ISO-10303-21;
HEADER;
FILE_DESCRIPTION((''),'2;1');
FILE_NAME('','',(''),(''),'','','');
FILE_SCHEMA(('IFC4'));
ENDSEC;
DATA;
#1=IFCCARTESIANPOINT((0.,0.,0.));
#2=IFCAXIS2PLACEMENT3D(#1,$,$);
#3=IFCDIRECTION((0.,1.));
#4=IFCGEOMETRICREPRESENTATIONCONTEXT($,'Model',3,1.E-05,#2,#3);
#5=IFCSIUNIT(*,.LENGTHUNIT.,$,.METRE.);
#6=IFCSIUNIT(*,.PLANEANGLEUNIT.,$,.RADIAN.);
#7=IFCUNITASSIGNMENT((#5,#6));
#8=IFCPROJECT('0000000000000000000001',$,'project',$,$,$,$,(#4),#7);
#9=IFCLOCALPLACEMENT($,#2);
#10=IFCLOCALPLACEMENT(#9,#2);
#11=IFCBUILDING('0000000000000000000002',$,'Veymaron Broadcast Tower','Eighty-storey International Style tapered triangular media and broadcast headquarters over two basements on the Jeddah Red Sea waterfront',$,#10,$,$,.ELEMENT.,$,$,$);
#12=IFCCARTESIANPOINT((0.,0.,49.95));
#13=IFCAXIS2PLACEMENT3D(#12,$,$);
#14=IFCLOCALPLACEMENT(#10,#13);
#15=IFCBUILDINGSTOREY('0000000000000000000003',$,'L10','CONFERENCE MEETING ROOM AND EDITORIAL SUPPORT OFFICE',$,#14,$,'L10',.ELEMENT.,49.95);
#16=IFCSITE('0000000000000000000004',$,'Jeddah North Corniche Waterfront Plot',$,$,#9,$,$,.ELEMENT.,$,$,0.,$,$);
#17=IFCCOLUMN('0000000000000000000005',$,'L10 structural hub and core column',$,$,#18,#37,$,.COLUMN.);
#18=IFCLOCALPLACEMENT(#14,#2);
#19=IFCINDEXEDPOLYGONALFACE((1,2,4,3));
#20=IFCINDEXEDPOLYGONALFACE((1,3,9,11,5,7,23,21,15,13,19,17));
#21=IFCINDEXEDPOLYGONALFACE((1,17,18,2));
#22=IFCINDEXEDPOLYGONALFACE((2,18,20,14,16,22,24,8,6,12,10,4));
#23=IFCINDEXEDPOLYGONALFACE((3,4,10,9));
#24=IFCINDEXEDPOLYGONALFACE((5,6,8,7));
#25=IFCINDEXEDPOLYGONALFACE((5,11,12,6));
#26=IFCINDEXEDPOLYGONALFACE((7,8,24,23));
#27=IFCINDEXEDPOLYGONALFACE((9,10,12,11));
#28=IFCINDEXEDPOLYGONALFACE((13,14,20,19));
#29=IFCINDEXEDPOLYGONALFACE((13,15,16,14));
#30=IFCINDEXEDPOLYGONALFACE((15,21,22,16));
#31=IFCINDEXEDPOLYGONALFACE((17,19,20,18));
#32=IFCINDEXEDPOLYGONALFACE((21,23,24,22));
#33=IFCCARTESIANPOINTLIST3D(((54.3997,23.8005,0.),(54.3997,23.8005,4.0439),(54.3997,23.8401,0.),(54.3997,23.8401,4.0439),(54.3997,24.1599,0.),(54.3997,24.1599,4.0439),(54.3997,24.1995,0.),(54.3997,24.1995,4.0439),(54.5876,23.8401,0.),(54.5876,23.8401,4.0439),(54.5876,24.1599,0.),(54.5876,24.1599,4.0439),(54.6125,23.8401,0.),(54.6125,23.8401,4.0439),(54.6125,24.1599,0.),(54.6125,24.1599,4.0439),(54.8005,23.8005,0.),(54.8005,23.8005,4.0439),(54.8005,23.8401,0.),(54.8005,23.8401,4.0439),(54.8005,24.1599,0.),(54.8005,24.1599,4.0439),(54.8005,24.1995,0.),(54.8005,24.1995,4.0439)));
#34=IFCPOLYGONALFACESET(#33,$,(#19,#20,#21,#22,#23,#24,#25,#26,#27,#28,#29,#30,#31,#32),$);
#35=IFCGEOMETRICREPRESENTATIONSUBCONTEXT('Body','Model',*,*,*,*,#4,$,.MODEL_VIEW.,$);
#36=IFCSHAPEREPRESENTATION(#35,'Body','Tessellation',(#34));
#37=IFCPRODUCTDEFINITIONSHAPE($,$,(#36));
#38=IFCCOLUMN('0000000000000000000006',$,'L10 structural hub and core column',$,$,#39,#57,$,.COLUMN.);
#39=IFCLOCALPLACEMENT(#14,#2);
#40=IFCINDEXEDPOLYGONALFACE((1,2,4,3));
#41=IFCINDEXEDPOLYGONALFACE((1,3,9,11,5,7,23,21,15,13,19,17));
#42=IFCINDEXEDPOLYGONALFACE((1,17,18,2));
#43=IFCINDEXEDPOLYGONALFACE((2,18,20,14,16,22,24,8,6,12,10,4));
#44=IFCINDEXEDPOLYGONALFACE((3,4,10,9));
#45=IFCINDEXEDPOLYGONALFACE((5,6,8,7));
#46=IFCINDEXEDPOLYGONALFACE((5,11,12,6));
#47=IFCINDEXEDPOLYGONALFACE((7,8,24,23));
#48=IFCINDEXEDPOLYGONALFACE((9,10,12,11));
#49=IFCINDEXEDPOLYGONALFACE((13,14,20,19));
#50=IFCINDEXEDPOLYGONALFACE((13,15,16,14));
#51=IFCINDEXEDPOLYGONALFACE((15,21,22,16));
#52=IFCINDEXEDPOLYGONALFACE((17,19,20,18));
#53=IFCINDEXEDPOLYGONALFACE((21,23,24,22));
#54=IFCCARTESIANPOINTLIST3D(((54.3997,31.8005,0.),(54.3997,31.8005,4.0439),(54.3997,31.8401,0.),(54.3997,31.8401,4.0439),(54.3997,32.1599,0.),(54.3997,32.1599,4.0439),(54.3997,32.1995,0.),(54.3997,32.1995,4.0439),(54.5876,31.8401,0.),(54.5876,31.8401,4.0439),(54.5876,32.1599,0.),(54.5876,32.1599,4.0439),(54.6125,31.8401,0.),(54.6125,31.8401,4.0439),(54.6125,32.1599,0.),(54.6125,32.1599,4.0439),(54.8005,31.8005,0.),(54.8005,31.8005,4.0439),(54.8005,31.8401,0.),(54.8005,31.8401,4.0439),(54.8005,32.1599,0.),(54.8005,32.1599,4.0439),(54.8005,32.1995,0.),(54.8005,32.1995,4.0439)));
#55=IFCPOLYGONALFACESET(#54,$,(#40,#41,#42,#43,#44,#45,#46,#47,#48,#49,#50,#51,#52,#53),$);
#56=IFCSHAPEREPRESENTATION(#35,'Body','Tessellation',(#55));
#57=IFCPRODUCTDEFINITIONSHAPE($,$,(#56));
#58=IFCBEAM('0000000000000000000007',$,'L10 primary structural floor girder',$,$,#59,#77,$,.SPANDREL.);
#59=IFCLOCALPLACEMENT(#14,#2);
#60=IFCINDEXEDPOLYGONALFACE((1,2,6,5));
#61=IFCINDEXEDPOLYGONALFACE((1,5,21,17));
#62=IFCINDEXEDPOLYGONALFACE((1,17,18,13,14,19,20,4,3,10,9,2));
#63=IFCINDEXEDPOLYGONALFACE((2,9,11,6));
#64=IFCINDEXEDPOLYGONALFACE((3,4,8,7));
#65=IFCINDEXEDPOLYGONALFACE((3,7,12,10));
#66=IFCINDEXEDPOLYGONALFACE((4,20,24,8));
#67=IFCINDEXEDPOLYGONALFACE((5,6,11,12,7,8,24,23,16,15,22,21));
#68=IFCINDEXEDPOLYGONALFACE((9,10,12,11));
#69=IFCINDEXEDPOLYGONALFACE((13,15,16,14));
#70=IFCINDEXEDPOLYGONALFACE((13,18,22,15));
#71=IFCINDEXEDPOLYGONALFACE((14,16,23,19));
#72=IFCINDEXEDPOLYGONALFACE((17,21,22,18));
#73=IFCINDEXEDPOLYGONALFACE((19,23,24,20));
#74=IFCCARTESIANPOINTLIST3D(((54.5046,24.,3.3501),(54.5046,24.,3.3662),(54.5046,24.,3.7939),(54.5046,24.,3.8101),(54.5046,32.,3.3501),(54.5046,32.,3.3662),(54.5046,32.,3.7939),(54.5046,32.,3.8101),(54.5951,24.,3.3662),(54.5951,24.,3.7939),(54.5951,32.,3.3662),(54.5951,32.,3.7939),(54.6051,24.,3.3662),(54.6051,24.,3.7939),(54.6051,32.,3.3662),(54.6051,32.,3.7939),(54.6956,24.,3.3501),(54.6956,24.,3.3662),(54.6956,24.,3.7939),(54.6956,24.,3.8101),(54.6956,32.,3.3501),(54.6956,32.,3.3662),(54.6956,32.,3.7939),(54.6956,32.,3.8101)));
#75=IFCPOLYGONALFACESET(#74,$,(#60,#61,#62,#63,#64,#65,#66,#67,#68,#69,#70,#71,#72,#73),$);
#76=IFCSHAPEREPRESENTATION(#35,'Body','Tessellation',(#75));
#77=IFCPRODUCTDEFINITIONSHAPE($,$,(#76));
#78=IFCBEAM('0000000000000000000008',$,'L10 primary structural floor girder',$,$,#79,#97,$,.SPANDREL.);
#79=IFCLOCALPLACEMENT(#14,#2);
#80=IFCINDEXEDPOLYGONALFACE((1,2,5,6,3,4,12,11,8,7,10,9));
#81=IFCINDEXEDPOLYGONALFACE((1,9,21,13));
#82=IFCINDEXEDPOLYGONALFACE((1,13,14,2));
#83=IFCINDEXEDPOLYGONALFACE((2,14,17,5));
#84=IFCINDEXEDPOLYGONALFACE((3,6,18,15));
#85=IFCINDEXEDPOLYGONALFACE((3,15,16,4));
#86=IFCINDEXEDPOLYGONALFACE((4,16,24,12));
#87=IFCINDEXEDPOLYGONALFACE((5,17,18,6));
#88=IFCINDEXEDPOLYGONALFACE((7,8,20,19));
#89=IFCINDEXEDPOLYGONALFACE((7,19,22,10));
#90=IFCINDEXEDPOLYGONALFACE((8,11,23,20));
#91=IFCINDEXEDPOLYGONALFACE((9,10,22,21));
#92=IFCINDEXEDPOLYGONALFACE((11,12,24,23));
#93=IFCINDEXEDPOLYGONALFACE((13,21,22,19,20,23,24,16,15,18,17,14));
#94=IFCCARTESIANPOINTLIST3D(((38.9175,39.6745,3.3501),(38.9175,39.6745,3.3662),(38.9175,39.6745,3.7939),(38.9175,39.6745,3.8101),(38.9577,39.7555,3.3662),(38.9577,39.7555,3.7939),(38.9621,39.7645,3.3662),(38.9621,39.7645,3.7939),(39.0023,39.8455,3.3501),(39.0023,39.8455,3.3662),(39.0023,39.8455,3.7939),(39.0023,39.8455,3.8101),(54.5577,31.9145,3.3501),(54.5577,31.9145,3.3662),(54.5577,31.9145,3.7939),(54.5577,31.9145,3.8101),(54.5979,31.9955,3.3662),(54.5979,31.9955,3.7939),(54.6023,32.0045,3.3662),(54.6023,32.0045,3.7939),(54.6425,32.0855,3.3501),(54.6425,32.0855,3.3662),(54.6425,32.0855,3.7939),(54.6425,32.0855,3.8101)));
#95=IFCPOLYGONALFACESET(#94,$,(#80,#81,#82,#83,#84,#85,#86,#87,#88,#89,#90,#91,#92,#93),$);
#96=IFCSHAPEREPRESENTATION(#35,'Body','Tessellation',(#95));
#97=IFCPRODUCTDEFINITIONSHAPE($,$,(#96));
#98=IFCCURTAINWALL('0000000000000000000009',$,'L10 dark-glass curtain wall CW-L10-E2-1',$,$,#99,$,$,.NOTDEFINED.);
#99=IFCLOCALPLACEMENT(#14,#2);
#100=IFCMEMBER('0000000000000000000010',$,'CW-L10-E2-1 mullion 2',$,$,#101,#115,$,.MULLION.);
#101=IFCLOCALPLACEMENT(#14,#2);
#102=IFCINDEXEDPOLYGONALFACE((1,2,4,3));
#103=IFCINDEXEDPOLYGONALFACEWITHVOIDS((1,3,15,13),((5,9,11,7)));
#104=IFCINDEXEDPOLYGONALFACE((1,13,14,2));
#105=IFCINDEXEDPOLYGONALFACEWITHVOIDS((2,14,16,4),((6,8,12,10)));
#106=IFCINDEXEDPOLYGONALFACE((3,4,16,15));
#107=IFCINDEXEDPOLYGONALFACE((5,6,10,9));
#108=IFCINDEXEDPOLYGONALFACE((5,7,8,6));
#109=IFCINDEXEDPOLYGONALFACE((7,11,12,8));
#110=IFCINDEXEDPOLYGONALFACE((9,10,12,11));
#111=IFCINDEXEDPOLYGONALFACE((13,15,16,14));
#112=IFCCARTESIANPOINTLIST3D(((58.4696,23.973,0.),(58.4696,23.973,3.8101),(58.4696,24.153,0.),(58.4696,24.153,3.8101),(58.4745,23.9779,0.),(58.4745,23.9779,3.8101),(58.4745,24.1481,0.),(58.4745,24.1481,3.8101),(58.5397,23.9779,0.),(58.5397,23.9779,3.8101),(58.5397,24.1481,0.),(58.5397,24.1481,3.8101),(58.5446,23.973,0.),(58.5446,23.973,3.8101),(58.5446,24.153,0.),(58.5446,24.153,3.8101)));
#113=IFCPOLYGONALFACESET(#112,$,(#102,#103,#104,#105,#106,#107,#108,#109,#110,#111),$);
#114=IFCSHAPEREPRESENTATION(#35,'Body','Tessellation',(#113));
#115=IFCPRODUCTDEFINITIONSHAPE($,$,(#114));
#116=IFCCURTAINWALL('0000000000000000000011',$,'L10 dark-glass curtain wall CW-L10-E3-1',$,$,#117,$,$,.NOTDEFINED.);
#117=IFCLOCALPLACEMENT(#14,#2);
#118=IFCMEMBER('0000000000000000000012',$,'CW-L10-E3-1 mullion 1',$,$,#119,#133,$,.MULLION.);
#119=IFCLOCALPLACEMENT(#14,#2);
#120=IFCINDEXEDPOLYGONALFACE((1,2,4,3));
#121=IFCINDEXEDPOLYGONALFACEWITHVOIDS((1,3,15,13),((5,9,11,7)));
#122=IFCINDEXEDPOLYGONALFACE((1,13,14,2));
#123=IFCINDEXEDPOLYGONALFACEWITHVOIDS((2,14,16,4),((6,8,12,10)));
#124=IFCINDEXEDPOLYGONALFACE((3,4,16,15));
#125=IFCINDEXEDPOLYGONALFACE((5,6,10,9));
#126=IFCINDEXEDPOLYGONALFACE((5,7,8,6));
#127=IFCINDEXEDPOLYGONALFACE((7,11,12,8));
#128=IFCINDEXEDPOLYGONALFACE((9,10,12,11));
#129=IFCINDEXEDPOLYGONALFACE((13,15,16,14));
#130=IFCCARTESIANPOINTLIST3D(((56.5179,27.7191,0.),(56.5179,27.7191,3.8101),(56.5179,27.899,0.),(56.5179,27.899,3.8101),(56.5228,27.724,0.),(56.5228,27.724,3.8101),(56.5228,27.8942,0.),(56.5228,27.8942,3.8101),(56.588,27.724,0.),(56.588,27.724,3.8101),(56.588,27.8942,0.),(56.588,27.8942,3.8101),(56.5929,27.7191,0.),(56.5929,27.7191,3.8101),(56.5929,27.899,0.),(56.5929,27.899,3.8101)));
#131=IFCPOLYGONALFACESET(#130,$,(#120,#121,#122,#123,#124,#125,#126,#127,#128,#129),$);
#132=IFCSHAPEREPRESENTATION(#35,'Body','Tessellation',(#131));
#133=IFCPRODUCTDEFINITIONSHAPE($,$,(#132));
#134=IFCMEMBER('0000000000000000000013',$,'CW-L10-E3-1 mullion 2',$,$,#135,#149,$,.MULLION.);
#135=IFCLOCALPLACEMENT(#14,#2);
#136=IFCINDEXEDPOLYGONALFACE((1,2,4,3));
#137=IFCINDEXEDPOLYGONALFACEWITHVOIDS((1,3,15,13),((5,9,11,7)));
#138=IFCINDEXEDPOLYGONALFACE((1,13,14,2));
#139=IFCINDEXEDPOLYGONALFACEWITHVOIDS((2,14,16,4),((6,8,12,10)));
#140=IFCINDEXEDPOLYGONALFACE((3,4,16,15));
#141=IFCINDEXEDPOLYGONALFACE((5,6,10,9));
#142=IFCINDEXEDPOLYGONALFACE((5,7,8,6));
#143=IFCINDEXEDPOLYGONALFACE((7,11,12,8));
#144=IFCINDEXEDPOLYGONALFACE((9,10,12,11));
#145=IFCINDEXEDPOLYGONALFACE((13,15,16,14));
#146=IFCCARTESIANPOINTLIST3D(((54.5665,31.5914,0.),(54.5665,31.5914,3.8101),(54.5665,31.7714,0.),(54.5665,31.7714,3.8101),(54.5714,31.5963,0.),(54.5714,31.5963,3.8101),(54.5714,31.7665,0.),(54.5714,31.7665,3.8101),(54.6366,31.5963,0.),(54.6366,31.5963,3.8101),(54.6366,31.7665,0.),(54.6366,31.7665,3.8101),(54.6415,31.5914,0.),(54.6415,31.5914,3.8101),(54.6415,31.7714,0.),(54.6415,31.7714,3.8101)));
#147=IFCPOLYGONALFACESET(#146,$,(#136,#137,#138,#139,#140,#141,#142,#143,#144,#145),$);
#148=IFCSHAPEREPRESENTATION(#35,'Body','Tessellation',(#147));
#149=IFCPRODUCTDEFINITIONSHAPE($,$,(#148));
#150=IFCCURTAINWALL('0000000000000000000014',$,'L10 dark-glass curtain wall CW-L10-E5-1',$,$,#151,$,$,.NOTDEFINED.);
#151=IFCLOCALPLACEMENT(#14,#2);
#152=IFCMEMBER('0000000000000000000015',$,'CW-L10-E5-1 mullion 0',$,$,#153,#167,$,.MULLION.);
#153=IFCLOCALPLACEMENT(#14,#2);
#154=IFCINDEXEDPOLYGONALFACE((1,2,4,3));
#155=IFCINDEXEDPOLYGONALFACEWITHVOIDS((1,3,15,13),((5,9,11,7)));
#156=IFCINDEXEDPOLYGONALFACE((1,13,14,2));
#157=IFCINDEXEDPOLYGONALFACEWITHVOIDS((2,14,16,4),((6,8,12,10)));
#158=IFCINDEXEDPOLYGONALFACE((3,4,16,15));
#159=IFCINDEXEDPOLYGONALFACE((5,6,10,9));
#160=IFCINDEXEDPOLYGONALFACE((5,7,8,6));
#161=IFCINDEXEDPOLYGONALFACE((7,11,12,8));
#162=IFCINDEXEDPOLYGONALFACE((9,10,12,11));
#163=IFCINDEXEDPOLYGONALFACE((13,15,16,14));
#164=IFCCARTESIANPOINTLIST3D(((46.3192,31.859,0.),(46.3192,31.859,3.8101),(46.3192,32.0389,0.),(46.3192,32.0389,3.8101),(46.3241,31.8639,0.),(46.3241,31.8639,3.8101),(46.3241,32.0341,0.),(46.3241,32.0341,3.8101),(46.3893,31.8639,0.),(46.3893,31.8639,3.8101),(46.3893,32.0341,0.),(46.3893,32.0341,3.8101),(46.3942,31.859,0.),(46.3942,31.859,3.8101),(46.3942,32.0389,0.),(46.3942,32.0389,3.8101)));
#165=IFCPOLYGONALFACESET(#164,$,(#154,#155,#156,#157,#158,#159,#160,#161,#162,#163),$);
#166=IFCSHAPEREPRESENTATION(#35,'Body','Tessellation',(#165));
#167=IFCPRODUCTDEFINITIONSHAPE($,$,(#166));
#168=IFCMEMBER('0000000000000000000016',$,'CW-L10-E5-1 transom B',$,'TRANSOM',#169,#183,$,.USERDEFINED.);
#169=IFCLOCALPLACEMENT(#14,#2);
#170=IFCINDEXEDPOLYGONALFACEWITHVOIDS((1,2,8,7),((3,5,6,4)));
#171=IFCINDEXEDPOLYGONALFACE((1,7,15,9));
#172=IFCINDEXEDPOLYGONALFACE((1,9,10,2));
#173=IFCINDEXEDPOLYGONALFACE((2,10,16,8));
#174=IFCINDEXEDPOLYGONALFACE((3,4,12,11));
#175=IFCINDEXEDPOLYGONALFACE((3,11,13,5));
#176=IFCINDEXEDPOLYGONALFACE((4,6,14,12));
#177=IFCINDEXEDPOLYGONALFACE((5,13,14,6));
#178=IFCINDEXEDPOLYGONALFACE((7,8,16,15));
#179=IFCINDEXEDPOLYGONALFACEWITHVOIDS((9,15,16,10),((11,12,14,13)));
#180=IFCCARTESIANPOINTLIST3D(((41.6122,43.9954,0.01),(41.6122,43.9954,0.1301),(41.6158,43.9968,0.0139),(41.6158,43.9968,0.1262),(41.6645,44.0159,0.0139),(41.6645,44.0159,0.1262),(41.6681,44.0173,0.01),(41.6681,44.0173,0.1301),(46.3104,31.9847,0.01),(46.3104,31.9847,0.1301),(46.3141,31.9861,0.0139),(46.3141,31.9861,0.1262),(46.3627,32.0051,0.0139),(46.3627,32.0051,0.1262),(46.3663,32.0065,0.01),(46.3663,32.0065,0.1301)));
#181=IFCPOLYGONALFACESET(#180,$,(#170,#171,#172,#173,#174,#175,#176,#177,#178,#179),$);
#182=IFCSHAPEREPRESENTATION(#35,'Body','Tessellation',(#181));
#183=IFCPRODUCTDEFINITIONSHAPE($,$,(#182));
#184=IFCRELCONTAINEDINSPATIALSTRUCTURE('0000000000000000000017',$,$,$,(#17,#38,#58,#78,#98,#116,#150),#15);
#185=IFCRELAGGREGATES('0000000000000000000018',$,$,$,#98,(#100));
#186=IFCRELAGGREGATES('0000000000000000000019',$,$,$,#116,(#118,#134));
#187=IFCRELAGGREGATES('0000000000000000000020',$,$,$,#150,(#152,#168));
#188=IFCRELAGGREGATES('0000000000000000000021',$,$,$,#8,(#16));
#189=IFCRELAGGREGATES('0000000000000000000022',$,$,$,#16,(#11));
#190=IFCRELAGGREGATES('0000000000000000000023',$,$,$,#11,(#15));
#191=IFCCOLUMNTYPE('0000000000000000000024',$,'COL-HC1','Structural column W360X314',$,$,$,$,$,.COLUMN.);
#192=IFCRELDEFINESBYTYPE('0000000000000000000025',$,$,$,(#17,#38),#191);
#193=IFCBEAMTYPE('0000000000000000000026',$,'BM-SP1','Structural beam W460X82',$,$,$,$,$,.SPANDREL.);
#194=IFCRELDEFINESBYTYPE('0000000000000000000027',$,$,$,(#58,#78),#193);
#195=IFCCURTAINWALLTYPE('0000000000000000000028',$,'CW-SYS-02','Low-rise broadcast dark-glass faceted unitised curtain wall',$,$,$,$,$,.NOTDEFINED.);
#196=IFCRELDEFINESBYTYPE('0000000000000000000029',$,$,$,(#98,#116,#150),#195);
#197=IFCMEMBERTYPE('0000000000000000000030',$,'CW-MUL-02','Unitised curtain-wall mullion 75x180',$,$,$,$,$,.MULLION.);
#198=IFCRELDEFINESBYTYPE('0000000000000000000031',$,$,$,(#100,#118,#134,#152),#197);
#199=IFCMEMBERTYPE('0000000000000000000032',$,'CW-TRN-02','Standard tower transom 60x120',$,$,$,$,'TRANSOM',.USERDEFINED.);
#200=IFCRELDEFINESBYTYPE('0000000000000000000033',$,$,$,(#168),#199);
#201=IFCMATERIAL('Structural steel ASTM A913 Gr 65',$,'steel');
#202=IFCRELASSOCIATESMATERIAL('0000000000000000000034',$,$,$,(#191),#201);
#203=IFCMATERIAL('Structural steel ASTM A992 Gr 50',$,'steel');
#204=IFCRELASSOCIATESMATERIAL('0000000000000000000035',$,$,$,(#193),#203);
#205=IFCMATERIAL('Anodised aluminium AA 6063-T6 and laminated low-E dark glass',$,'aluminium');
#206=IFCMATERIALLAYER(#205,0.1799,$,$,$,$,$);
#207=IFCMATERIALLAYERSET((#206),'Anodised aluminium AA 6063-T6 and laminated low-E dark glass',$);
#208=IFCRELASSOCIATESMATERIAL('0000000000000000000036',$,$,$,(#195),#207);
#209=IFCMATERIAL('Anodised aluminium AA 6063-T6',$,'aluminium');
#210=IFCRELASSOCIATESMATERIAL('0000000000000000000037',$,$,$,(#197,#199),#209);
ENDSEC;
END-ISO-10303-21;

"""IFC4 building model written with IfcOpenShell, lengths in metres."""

from ifc_helpers import new_model, si_unit, direction, frame, origin, origin_2d, place, context, subcontext, project, spatial, hollow_rectangle, i_section, extrude, material, layer, layer_set, material_profile, profile_set, type_object, element, aggregate, save


model = new_model("IFC4")

# Units and contexts
model_context = context("Model", 3, precision=1e-05, world=origin(), true_north=direction((0.0, 1.0)))
body_context = subcontext(model_context, "Body", "Model", "MODEL_VIEW")
ifc_project = project(units=[si_unit("LENGTHUNIT", "METRE"), si_unit("PLANEANGLEUNIT", "RADIAN")], contexts=[model_context])

# Site, building, storey
site_placement = place(None, origin())
site = spatial("IfcSite", under=ifc_project, at=site_placement, Name="Jeddah North Corniche Waterfront Plot", CompositionType="ELEMENT", RefElevation=0.0)
building_placement = place(site_placement, origin())
building = spatial("IfcBuilding", under=site, at=building_placement, Name="Veymaron Broadcast Tower", Description="Eighty-storey International Style tapered triangular media and broadcast headquarters over two basements on the Jeddah Red Sea waterfront", CompositionType="ELEMENT")
storey_placement = place(building_placement, frame((0.0, 0.0, 49.95)))
storey = spatial("IfcBuildingStorey", under=building, at=storey_placement, Name="L10", Description="CONFERENCE MEETING ROOM AND EDITORIAL SUPPORT OFFICE", LongName="L10", CompositionType="ELEMENT", Elevation=49.95)

# Columns
ifc_material_1 = material(Name="Structural steel ASTM A913 Gr 65", Category="steel")
ifc_material_profile_1 = material_profile(ifc_material_1, i_section(OverallWidth=0.4009, OverallDepth=0.3989, WebThickness=0.0249, FlangeThickness=0.0396, at=origin_2d()), Name="W360X314")
ifc_profile_set_1 = profile_set([ifc_material_profile_1], Name="Structural steel ASTM A913 Gr 65")
column_type = type_object("IfcColumnType", Name="COL-HC1", Description="Structural column W360X314", PredefinedType="COLUMN", material=ifc_profile_set_1)
for number, where, z_axis, x_axis, name in (
    (1, (54.6001, 24.0, 0.0), (0.0, 0.0, 1.0), (1.0, 0.0, 0.0), "L10 structural hub and core column"),
    (2, (54.6001, 32.0, 0.0), (0.0, 0.0, 1.0), (1.0, 0.0, 0.0), "L10 structural hub and core column"),
):
    element("IfcColumn", number, at=place(storey_placement, frame(where, z_axis=z_axis, x_axis=x_axis)), inside=storey, type_object=column_type, Name=name, PredefinedType="COLUMN", context=body_context, shape_type="SweptSolid", body=[
        extrude(i_section(OverallWidth=0.4009, OverallDepth=0.3989, WebThickness=0.0249, FlangeThickness=0.0396, at=origin_2d()), origin(), (0.0, 0.0, 1.0), 4.0439),
    ])

# Beams
ifc_material_2 = material(Name="Structural steel ASTM A992 Gr 50", Category="steel")
ifc_material_profile_2 = material_profile(ifc_material_2, i_section(OverallWidth=0.1909, OverallDepth=0.46, WebThickness=0.01, FlangeThickness=0.0161, at=origin_2d()), Name="W460X82")
ifc_profile_set_2 = profile_set([ifc_material_profile_2], Name="Structural steel ASTM A992 Gr 50")
beam_type = type_object("IfcBeamType", Name="BM-SP1", Description="Structural beam W460X82", PredefinedType="SPANDREL", material=ifc_profile_set_2)
beam_1_placement = place(storey_placement, frame((54.6001, 24.0, 3.5801), z_axis=(0.0, 1.0, 0.0), x_axis=(-1.0, 0.0, 0.0)))
element("IfcBeam", 3, at=beam_1_placement, inside=storey, type_object=beam_type, Name="L10 primary structural floor girder", PredefinedType="SPANDREL", context=body_context, shape_type="SweptSolid", body=[
    extrude(i_section(OverallWidth=0.1909, OverallDepth=0.46, WebThickness=0.01, FlangeThickness=0.0161, at=origin_2d()), origin(), (0.0, 0.0, 1.0), 8.0),
])
beam_2_placement = place(storey_placement, frame((54.6001, 32.0, 3.5801), z_axis=(-0.895799, 0.44446, 0.0), x_axis=(-0.44446, -0.895799, 0.0)))
element("IfcBeam", 4, at=beam_2_placement, inside=storey, type_object=beam_type, Name="L10 primary structural floor girder", PredefinedType="SPANDREL", context=body_context, shape_type="SweptSolid", body=[
    extrude(i_section(OverallWidth=0.1909, OverallDepth=0.46, WebThickness=0.01, FlangeThickness=0.0161, at=origin_2d()), origin(), (0.0, 0.0, 1.0), 17.4595),
])

# Curtain wall, member
ifc_material_3 = material(Name="Anodised aluminium AA 6063-T6 and laminated low-E dark glass", Category="aluminium")
ifc_layer_1 = layer(ifc_material_3, 0.1799)
ifc_layer_set_1 = layer_set([ifc_layer_1], Name="Anodised aluminium AA 6063-T6 and laminated low-E dark glass")
curtain_wall_type = type_object("IfcCurtainWallType", Name="CW-SYS-02", Description="Low-rise broadcast dark-glass faceted unitised curtain wall", PredefinedType="NOTDEFINED", material=ifc_layer_set_1)
curtain_wall_1_placement = place(storey_placement, origin())
curtain_wall_1 = element("IfcCurtainWall", 5, at=curtain_wall_1_placement, inside=storey, type_object=curtain_wall_type, Name="L10 dark-glass curtain wall CW-L10-E2-1", PredefinedType="NOTDEFINED")
ifc_material_4 = material(Name="Anodised aluminium AA 6063-T6", Category="aluminium")
ifc_material_profile_3 = material_profile(ifc_material_4, hollow_rectangle(XDim=0.075, YDim=0.1799, WallThickness=0.0049, at=origin_2d()), Name="AL180X75X5")
ifc_profile_set_3 = profile_set([ifc_material_profile_3], Name="Anodised aluminium AA 6063-T6")
member_type_1 = type_object("IfcMemberType", Name="CW-MUL-02", Description="Unitised curtain-wall mullion 75x180", PredefinedType="MULLION", material=ifc_profile_set_3)
member_1_placement = place(storey_placement, frame((58.5071, 24.063, 0.0), z_axis=(0.0, 0.0, 1.0), x_axis=(1.0, 0.0, 0.0)))
member_1 = element("IfcMember", 6, at=member_1_placement, type_object=member_type_1, Name="CW-L10-E2-1 mullion 2", PredefinedType="MULLION", context=body_context, shape_type="SweptSolid", body=[
    extrude(hollow_rectangle(XDim=0.075, YDim=0.1799, WallThickness=0.0049, at=origin_2d()), origin(), (0.0, 0.0, 1.0), 3.8101),
])
aggregate(curtain_wall_1, [member_1])

# Curtain walls, members
curtain_wall_2_placement = place(storey_placement, origin())
curtain_wall_2 = element("IfcCurtainWall", 7, at=curtain_wall_2_placement, inside=storey, type_object=curtain_wall_type, Name="L10 dark-glass curtain wall CW-L10-E3-1", PredefinedType="NOTDEFINED")
member_2_placement = place(storey_placement, frame((56.5554, 27.8091, 0.0), z_axis=(0.0, 0.0, 1.0), x_axis=(1.0, 0.0, 0.0)))
member_2 = element("IfcMember", 8, at=member_2_placement, type_object=member_type_1, Name="CW-L10-E3-1 mullion 1", PredefinedType="MULLION", context=body_context, shape_type="SweptSolid", body=[
    extrude(hollow_rectangle(XDim=0.075, YDim=0.1799, WallThickness=0.0049, at=origin_2d()), origin(), (0.0, 0.0, 1.0), 3.8101),
])
member_3_placement = place(storey_placement, frame((54.604, 31.6814, 0.0), z_axis=(0.0, 0.0, 1.0), x_axis=(1.0, 0.0, 0.0)))
member_3 = element("IfcMember", 9, at=member_3_placement, type_object=member_type_1, Name="CW-L10-E3-1 mullion 2", PredefinedType="MULLION", context=body_context, shape_type="SweptSolid", body=[
    extrude(hollow_rectangle(XDim=0.075, YDim=0.1799, WallThickness=0.0049, at=origin_2d()), origin(), (0.0, 0.0, 1.0), 3.8101),
])
curtain_wall_3_placement = place(storey_placement, origin())
curtain_wall_3 = element("IfcCurtainWall", 10, at=curtain_wall_3_placement, inside=storey, type_object=curtain_wall_type, Name="L10 dark-glass curtain wall CW-L10-E5-1", PredefinedType="NOTDEFINED")
member_4_placement = place(storey_placement, frame((46.3567, 31.949, 0.0), z_axis=(0.0, 0.0, 1.0), x_axis=(1.0, 0.0, 0.0)))
member_4 = element("IfcMember", 11, at=member_4_placement, type_object=member_type_1, Name="CW-L10-E5-1 mullion 0", PredefinedType="MULLION", context=body_context, shape_type="SweptSolid", body=[
    extrude(hollow_rectangle(XDim=0.075, YDim=0.1799, WallThickness=0.0049, at=origin_2d()), origin(), (0.0, 0.0, 1.0), 3.8101),
])
ifc_material_profile_4 = material_profile(ifc_material_4, hollow_rectangle(XDim=0.0601, YDim=0.1201, WallThickness=0.0039, at=origin_2d()), Name="AL120X60X4")
ifc_profile_set_4 = profile_set([ifc_material_profile_4], Name="Anodised aluminium AA 6063-T6")
member_type_2 = type_object("IfcMemberType", Name="CW-TRN-02", Description="Standard tower transom 60x120", ElementType="TRANSOM", PredefinedType="USERDEFINED", material=ifc_profile_set_4)
member_5_placement = place(storey_placement, frame((46.3384, 31.9956, 0.0701), z_axis=(-0.364291, 0.931285, 0.0), x_axis=(-0.931285, -0.364291, 0.0)))
member_5 = element("IfcMember", 12, at=member_5_placement, type_object=member_type_2, Name="CW-L10-E5-1 transom B", ObjectType="TRANSOM", PredefinedType="USERDEFINED", context=body_context, shape_type="SweptSolid", body=[
    extrude(hollow_rectangle(XDim=0.0601, YDim=0.1201, WallThickness=0.0039, at=origin_2d()), origin(), (0.0, 0.0, 1.0), 12.897),
])

aggregate(curtain_wall_2, [member_2, member_3])
aggregate(curtain_wall_3, [member_4, member_5])

save(model, "model.ifc")
